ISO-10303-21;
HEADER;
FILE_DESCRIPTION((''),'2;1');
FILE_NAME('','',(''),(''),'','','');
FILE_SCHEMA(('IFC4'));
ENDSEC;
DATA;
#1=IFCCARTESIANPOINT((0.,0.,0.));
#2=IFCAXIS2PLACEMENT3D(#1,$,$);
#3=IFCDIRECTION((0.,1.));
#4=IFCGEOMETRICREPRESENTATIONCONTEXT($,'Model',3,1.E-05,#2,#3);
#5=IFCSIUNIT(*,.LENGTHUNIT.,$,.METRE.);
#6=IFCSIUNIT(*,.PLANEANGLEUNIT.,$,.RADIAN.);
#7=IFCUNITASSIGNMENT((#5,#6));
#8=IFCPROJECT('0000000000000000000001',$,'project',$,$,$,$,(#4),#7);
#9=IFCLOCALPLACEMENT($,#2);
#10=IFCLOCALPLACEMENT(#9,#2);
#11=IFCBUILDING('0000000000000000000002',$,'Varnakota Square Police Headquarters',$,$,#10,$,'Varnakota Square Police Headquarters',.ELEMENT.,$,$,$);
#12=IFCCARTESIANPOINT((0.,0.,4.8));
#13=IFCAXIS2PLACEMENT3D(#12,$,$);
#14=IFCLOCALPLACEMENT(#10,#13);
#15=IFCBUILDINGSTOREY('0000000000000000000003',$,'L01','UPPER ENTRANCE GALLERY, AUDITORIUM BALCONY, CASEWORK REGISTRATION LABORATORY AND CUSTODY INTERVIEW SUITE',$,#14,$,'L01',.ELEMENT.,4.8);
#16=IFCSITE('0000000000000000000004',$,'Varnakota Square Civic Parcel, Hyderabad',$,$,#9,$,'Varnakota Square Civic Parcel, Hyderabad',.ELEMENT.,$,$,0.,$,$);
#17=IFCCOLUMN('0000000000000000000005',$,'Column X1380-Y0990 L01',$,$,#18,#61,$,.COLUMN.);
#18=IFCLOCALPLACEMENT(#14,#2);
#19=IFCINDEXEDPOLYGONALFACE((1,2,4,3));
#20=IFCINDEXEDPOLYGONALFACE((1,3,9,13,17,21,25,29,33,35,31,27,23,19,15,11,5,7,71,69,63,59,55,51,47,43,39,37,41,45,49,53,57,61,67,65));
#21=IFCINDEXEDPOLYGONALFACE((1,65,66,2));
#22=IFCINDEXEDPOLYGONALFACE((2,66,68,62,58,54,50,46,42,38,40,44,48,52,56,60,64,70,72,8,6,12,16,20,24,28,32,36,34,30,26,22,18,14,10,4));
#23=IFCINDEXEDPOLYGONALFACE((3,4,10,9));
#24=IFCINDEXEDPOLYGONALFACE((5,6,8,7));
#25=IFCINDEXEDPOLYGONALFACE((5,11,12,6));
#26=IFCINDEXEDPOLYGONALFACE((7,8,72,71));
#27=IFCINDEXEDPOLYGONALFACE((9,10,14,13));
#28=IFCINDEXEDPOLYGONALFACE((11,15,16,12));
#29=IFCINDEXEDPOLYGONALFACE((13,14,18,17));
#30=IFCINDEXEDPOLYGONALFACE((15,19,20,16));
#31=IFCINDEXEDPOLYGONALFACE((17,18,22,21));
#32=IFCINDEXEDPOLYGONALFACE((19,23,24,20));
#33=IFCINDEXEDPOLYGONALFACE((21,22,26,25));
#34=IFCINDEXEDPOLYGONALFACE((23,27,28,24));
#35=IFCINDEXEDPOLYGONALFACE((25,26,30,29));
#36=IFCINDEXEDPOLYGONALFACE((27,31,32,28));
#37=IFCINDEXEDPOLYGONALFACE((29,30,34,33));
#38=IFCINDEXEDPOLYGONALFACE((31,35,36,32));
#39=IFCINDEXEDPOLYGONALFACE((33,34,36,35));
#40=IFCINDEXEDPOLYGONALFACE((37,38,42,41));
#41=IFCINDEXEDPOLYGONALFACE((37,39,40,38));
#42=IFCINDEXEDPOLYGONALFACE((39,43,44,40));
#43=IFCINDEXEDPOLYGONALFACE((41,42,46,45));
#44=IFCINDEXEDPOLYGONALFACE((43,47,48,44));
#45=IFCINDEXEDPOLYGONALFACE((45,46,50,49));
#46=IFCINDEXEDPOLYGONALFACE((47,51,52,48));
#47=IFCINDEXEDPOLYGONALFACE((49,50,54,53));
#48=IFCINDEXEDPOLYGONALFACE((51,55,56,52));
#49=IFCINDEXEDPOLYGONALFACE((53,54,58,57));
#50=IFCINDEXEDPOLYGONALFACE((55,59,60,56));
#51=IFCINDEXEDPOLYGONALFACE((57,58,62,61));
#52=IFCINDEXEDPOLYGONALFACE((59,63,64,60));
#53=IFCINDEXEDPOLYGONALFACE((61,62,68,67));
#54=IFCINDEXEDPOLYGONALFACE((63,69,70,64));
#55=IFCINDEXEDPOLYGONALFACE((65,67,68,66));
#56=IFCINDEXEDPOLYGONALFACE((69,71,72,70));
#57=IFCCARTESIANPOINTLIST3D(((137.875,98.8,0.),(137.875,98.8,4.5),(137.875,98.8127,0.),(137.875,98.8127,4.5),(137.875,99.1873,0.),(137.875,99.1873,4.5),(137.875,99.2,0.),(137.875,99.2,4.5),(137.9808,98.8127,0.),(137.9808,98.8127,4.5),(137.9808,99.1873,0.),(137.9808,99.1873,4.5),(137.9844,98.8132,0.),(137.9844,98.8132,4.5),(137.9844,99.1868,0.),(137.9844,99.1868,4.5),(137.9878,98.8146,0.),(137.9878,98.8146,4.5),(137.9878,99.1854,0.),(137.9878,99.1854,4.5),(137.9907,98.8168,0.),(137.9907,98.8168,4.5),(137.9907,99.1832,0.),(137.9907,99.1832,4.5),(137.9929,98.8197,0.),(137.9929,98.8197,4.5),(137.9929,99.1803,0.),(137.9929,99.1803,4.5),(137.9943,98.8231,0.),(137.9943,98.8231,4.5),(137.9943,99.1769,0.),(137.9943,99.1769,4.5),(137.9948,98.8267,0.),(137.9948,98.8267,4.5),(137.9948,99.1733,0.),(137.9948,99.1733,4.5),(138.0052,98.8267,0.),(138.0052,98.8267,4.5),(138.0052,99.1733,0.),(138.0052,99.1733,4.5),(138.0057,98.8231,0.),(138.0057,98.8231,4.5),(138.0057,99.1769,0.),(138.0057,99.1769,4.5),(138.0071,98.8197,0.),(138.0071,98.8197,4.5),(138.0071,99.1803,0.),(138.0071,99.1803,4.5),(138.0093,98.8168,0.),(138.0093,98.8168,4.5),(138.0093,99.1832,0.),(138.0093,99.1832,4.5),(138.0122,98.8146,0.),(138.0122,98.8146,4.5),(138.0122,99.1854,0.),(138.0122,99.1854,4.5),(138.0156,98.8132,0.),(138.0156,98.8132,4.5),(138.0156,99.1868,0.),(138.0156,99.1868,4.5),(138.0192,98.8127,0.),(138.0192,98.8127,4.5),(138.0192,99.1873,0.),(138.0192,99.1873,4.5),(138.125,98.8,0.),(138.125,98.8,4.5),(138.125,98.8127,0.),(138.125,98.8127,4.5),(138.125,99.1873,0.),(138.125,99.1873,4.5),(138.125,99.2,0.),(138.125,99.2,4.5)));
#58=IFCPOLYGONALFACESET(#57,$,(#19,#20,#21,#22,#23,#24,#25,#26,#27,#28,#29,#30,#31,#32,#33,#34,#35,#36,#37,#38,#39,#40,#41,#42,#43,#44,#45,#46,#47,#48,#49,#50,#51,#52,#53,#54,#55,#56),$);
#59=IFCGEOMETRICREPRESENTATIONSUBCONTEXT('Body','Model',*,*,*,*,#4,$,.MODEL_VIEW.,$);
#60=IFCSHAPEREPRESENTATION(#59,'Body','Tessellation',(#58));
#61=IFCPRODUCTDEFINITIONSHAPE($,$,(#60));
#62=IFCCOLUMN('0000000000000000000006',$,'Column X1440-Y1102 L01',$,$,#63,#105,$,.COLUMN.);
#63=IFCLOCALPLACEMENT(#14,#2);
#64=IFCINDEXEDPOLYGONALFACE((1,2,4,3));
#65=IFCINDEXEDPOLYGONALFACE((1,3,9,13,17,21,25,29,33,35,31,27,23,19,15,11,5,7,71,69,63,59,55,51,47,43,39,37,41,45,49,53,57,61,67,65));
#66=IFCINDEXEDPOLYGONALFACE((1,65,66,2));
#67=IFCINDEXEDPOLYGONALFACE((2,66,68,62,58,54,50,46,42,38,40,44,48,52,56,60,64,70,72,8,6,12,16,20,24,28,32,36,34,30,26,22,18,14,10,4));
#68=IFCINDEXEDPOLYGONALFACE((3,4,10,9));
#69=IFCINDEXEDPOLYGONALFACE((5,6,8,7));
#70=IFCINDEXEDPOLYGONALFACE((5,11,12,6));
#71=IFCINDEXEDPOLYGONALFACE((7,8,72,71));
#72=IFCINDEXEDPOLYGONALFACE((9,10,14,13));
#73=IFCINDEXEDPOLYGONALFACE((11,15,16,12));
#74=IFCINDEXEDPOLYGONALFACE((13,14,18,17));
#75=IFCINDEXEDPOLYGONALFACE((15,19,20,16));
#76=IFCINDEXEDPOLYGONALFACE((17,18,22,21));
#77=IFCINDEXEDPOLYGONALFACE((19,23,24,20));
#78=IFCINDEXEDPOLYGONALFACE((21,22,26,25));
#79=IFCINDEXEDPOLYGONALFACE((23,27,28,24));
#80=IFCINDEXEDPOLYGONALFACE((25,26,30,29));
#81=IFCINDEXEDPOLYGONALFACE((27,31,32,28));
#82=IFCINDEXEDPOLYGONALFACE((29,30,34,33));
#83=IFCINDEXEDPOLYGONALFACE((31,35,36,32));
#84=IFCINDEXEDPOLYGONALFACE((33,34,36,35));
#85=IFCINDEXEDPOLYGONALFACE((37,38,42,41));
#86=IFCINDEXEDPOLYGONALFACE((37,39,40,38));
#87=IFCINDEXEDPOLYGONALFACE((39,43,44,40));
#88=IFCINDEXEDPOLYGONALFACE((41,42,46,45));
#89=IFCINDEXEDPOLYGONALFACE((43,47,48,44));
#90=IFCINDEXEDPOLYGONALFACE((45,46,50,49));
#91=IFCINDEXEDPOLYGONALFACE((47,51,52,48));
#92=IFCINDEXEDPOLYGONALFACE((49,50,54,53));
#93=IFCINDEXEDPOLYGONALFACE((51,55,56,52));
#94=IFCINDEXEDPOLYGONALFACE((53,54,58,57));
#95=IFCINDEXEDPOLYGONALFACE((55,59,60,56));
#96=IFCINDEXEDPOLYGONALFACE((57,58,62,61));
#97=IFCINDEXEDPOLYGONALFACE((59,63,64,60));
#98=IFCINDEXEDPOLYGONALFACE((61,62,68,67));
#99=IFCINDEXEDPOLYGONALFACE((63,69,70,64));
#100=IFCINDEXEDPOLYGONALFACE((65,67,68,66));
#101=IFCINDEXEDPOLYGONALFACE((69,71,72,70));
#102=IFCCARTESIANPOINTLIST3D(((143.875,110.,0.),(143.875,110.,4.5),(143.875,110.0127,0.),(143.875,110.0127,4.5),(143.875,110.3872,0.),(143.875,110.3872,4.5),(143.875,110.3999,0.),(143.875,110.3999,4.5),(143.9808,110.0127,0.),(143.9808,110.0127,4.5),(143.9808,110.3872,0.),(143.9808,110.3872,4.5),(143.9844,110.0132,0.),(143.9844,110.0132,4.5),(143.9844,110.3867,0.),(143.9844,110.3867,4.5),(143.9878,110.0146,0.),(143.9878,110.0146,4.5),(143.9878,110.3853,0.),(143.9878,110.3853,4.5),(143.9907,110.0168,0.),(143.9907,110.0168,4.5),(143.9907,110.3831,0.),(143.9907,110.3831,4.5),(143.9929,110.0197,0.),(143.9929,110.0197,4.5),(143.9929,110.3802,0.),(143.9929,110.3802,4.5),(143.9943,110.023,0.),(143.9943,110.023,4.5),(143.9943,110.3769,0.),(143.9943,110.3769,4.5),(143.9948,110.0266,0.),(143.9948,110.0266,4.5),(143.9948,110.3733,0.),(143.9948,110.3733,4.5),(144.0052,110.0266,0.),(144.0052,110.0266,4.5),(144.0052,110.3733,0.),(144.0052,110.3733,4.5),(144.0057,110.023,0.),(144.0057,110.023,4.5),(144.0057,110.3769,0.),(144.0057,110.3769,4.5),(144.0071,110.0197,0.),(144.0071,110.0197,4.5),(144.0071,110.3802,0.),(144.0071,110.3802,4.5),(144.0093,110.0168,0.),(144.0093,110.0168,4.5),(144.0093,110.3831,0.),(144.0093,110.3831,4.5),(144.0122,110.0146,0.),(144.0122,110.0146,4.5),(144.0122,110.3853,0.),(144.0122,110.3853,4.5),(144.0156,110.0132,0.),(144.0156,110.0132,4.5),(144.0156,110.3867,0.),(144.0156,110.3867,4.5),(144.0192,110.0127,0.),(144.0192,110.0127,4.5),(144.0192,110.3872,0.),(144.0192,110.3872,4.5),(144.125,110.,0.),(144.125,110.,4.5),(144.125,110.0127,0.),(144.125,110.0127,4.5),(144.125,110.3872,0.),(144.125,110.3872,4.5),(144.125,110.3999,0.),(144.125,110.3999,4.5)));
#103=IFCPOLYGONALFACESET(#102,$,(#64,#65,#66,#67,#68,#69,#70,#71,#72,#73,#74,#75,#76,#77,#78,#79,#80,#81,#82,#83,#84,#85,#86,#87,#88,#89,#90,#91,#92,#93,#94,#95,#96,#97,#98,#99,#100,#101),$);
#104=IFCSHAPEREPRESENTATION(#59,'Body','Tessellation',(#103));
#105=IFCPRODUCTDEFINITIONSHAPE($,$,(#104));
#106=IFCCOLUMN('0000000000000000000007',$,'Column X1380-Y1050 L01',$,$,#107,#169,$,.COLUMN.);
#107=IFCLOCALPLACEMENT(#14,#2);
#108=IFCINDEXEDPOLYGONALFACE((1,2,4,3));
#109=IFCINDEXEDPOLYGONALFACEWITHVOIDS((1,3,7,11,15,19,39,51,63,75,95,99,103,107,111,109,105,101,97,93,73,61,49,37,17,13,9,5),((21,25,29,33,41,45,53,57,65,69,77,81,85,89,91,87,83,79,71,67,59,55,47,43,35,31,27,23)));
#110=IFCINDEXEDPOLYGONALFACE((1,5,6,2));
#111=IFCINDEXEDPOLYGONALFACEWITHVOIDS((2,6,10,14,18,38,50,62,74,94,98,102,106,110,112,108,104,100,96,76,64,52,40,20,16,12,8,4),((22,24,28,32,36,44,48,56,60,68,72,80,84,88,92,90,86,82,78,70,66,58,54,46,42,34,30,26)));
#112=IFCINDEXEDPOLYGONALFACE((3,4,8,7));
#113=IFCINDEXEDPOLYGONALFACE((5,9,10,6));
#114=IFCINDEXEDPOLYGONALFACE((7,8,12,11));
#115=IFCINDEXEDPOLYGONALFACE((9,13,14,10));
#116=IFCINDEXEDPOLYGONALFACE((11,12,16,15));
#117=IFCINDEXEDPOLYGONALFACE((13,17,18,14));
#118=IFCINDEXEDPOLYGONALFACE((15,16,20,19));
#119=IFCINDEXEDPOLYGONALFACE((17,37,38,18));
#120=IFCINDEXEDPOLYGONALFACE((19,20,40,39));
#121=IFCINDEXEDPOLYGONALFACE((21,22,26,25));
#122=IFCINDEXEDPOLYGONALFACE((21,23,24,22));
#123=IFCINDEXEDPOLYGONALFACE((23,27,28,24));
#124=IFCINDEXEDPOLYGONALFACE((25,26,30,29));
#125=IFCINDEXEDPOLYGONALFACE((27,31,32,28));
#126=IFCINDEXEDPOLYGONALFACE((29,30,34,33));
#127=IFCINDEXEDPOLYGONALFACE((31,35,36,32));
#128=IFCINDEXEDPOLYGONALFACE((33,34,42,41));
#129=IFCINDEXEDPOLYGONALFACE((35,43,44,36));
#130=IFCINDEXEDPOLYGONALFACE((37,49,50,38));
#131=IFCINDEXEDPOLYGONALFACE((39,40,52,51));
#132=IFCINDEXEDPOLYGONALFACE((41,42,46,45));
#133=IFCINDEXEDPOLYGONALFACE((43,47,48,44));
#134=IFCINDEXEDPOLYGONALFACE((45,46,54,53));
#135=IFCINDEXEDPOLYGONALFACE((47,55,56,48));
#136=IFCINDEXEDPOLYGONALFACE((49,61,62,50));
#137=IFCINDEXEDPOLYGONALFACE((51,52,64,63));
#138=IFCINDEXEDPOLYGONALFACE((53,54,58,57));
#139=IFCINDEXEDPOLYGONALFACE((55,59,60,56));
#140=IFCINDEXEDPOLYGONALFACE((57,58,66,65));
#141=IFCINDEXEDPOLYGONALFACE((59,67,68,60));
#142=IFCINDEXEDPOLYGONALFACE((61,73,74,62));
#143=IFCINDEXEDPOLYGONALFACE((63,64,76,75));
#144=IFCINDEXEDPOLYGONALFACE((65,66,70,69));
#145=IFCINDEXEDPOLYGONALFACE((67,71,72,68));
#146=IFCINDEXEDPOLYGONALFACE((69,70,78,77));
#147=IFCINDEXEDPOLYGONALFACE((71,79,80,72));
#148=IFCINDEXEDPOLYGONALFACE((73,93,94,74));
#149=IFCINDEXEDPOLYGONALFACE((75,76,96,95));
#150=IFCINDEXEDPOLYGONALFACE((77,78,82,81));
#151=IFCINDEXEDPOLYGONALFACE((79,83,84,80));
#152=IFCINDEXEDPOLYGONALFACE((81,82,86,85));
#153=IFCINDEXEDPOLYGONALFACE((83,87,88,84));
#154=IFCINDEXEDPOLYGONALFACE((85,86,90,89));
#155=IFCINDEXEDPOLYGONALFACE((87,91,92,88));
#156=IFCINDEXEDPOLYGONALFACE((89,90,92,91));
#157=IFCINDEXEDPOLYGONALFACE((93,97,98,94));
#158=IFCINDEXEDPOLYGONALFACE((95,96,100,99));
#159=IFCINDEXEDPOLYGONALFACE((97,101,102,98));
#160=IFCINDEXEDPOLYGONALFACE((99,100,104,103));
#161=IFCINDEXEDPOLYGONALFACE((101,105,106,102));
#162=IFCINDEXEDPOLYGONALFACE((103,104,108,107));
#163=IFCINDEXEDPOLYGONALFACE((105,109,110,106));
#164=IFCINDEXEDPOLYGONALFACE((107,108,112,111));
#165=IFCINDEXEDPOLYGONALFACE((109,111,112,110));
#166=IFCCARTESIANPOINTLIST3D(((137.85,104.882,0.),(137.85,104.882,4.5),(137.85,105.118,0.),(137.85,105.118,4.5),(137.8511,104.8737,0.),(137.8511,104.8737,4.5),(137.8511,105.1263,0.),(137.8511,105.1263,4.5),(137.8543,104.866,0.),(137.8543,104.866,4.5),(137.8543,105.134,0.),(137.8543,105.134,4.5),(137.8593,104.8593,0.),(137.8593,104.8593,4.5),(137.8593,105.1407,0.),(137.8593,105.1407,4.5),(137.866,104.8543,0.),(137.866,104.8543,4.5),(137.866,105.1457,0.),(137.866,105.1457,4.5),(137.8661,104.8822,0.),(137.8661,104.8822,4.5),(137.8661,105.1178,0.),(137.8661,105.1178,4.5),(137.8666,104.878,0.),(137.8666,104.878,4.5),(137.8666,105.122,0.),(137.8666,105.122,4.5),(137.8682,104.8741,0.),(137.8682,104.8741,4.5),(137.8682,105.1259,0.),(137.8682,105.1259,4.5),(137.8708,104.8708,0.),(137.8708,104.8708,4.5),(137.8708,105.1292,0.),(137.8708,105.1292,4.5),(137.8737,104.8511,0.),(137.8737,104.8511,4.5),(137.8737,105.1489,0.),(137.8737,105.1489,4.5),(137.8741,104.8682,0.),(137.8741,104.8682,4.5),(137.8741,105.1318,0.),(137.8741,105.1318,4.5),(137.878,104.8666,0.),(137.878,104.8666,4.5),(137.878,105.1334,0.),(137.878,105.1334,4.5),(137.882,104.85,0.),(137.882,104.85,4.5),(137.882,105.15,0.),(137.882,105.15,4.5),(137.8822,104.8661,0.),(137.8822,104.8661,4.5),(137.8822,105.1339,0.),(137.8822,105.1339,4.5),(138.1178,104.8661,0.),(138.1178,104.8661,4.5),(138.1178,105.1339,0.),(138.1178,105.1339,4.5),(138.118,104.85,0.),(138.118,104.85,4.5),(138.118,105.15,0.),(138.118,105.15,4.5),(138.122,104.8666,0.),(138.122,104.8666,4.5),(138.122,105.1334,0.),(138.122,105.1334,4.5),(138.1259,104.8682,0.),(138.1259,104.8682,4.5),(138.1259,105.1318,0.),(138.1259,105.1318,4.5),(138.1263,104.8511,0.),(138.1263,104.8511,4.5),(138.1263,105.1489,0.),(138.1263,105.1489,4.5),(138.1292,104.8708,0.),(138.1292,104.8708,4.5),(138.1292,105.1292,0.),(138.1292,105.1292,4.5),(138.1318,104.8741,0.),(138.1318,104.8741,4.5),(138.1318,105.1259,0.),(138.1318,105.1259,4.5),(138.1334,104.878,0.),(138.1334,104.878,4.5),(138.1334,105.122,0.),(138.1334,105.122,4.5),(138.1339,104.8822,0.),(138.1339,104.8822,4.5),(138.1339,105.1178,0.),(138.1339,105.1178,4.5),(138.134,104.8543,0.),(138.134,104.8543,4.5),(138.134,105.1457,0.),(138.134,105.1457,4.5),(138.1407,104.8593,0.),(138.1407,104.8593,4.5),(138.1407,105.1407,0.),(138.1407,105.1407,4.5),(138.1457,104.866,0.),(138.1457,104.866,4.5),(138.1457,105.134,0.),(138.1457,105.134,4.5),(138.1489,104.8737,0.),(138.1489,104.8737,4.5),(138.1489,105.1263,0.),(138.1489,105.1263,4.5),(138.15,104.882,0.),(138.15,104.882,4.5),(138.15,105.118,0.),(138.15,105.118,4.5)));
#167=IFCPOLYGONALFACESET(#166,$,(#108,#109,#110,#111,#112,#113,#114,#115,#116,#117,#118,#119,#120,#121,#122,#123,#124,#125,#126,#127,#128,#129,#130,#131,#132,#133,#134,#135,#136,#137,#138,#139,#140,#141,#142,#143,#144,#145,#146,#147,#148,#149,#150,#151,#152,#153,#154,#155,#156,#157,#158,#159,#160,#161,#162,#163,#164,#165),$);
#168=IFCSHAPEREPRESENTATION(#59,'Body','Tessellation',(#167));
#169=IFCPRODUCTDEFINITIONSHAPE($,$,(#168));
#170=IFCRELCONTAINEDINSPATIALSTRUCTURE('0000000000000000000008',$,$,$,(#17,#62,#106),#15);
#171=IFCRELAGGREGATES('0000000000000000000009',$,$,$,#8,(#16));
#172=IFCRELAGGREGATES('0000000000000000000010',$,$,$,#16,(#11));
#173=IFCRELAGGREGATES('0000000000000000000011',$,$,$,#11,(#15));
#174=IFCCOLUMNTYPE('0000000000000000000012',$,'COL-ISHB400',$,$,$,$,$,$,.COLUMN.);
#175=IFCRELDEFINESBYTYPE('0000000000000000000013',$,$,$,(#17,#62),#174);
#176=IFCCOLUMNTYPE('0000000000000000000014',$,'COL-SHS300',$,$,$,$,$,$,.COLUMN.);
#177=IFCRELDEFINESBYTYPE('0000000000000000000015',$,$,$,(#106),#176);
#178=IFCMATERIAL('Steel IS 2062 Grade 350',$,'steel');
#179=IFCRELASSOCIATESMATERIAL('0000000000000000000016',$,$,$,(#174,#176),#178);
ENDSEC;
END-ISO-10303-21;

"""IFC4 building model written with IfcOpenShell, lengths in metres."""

from ifc_helpers import new_model, si_unit, direction, frame, origin, origin_2d, place, context, subcontext, project, spatial, hollow_rectangle, i_section, extrude, material, material_profile, profile_set, type_object, element, save


model = new_model("IFC4")

# Units and contexts
model_context = context("Model", 3, precision=1e-05, world=origin(), true_north=direction((0.0, 1.0)))
body_context = subcontext(model_context, "Body", "Model", "MODEL_VIEW")
ifc_project = project(units=[si_unit("LENGTHUNIT", "METRE"), si_unit("PLANEANGLEUNIT", "RADIAN")], contexts=[model_context])

# Site, building, storey
site_placement = place(None, origin())
site = spatial("IfcSite", under=ifc_project, at=site_placement, Name="Varnakota Square Civic Parcel, Hyderabad", LongName="Varnakota Square Civic Parcel, Hyderabad", CompositionType="ELEMENT", RefElevation=0.0)
building_placement = place(site_placement, origin())
building = spatial("IfcBuilding", under=site, at=building_placement, Name="Varnakota Square Police Headquarters", LongName="Varnakota Square Police Headquarters", CompositionType="ELEMENT")
storey_placement = place(building_placement, frame((0.0, 0.0, 4.8)))
storey = spatial("IfcBuildingStorey", under=building, at=storey_placement, Name="L01", Description="UPPER ENTRANCE GALLERY, AUDITORIUM BALCONY, CASEWORK REGISTRATION LABORATORY AND CUSTODY INTERVIEW SUITE", LongName="L01", CompositionType="ELEMENT", Elevation=4.8)

# Columns
ifc_material_1 = material(Name="Steel IS 2062 Grade 350", Category="steel")
ifc_material_profile_1 = material_profile(ifc_material_1, i_section(OverallWidth=0.25, OverallDepth=0.3999, WebThickness=0.0105, FlangeThickness=0.0127, FilletRadius=0.0139, at=origin_2d()), Name="ISHB 400")
ifc_profile_set_1 = profile_set([ifc_material_profile_1], Name="Steel IS 2062 Grade 350")
column_type_1 = type_object("IfcColumnType", Name="COL-ISHB400", PredefinedType="COLUMN", material=ifc_profile_set_1)
for number, where, z_axis, x_axis, name in (
    (1, (138.0, 99.0, 0.0), (0.0, 0.0, 1.0), (1.0, 0.0, 0.0), "Column X1380-Y0990 L01"),
    (2, (144.0, 110.2, 0.0), (0.0, 0.0, 1.0), (1.0, 0.0, 0.0), "Column X1440-Y1102 L01"),
):
    element("IfcColumn", number, at=place(storey_placement, frame(where, z_axis=z_axis, x_axis=x_axis)), inside=storey, type_object=column_type_1, Name=name, PredefinedType="COLUMN", context=body_context, shape_type="SweptSolid", body=[
        extrude(i_section(OverallWidth=0.25, OverallDepth=0.3999, WebThickness=0.0105, FlangeThickness=0.0127, FilletRadius=0.0139, at=origin_2d()), origin(), (0.0, 0.0, 1.0), 4.5),
    ])
ifc_material_profile_2 = material_profile(ifc_material_1, hollow_rectangle(XDim=0.3, YDim=0.3, WallThickness=0.0161, InnerFilletRadius=0.0161, OuterFilletRadius=0.032, at=origin_2d()), Name="SHS 300x300x16")
ifc_profile_set_2 = profile_set([ifc_material_profile_2], Name="Steel IS 2062 Grade 350")
column_type_2 = type_object("IfcColumnType", Name="COL-SHS300", PredefinedType="COLUMN", material=ifc_profile_set_2)
for number, where, z_axis, x_axis, name in (
    (3, (138.0, 105.0, 0.0), (0.0, 0.0, 1.0), (1.0, 0.0, 0.0), "Column X1380-Y1050 L01"),
):
    element("IfcColumn", number, at=place(storey_placement, frame(where, z_axis=z_axis, x_axis=x_axis)), inside=storey, type_object=column_type_2, Name=name, PredefinedType="COLUMN", context=body_context, shape_type="SweptSolid", body=[
        extrude(hollow_rectangle(XDim=0.3, YDim=0.3, WallThickness=0.0161, InnerFilletRadius=0.0161, OuterFilletRadius=0.032, at=origin_2d()), origin(), (0.0, 0.0, 1.0), 4.5),
    ])

save(model, "model.ifc")
